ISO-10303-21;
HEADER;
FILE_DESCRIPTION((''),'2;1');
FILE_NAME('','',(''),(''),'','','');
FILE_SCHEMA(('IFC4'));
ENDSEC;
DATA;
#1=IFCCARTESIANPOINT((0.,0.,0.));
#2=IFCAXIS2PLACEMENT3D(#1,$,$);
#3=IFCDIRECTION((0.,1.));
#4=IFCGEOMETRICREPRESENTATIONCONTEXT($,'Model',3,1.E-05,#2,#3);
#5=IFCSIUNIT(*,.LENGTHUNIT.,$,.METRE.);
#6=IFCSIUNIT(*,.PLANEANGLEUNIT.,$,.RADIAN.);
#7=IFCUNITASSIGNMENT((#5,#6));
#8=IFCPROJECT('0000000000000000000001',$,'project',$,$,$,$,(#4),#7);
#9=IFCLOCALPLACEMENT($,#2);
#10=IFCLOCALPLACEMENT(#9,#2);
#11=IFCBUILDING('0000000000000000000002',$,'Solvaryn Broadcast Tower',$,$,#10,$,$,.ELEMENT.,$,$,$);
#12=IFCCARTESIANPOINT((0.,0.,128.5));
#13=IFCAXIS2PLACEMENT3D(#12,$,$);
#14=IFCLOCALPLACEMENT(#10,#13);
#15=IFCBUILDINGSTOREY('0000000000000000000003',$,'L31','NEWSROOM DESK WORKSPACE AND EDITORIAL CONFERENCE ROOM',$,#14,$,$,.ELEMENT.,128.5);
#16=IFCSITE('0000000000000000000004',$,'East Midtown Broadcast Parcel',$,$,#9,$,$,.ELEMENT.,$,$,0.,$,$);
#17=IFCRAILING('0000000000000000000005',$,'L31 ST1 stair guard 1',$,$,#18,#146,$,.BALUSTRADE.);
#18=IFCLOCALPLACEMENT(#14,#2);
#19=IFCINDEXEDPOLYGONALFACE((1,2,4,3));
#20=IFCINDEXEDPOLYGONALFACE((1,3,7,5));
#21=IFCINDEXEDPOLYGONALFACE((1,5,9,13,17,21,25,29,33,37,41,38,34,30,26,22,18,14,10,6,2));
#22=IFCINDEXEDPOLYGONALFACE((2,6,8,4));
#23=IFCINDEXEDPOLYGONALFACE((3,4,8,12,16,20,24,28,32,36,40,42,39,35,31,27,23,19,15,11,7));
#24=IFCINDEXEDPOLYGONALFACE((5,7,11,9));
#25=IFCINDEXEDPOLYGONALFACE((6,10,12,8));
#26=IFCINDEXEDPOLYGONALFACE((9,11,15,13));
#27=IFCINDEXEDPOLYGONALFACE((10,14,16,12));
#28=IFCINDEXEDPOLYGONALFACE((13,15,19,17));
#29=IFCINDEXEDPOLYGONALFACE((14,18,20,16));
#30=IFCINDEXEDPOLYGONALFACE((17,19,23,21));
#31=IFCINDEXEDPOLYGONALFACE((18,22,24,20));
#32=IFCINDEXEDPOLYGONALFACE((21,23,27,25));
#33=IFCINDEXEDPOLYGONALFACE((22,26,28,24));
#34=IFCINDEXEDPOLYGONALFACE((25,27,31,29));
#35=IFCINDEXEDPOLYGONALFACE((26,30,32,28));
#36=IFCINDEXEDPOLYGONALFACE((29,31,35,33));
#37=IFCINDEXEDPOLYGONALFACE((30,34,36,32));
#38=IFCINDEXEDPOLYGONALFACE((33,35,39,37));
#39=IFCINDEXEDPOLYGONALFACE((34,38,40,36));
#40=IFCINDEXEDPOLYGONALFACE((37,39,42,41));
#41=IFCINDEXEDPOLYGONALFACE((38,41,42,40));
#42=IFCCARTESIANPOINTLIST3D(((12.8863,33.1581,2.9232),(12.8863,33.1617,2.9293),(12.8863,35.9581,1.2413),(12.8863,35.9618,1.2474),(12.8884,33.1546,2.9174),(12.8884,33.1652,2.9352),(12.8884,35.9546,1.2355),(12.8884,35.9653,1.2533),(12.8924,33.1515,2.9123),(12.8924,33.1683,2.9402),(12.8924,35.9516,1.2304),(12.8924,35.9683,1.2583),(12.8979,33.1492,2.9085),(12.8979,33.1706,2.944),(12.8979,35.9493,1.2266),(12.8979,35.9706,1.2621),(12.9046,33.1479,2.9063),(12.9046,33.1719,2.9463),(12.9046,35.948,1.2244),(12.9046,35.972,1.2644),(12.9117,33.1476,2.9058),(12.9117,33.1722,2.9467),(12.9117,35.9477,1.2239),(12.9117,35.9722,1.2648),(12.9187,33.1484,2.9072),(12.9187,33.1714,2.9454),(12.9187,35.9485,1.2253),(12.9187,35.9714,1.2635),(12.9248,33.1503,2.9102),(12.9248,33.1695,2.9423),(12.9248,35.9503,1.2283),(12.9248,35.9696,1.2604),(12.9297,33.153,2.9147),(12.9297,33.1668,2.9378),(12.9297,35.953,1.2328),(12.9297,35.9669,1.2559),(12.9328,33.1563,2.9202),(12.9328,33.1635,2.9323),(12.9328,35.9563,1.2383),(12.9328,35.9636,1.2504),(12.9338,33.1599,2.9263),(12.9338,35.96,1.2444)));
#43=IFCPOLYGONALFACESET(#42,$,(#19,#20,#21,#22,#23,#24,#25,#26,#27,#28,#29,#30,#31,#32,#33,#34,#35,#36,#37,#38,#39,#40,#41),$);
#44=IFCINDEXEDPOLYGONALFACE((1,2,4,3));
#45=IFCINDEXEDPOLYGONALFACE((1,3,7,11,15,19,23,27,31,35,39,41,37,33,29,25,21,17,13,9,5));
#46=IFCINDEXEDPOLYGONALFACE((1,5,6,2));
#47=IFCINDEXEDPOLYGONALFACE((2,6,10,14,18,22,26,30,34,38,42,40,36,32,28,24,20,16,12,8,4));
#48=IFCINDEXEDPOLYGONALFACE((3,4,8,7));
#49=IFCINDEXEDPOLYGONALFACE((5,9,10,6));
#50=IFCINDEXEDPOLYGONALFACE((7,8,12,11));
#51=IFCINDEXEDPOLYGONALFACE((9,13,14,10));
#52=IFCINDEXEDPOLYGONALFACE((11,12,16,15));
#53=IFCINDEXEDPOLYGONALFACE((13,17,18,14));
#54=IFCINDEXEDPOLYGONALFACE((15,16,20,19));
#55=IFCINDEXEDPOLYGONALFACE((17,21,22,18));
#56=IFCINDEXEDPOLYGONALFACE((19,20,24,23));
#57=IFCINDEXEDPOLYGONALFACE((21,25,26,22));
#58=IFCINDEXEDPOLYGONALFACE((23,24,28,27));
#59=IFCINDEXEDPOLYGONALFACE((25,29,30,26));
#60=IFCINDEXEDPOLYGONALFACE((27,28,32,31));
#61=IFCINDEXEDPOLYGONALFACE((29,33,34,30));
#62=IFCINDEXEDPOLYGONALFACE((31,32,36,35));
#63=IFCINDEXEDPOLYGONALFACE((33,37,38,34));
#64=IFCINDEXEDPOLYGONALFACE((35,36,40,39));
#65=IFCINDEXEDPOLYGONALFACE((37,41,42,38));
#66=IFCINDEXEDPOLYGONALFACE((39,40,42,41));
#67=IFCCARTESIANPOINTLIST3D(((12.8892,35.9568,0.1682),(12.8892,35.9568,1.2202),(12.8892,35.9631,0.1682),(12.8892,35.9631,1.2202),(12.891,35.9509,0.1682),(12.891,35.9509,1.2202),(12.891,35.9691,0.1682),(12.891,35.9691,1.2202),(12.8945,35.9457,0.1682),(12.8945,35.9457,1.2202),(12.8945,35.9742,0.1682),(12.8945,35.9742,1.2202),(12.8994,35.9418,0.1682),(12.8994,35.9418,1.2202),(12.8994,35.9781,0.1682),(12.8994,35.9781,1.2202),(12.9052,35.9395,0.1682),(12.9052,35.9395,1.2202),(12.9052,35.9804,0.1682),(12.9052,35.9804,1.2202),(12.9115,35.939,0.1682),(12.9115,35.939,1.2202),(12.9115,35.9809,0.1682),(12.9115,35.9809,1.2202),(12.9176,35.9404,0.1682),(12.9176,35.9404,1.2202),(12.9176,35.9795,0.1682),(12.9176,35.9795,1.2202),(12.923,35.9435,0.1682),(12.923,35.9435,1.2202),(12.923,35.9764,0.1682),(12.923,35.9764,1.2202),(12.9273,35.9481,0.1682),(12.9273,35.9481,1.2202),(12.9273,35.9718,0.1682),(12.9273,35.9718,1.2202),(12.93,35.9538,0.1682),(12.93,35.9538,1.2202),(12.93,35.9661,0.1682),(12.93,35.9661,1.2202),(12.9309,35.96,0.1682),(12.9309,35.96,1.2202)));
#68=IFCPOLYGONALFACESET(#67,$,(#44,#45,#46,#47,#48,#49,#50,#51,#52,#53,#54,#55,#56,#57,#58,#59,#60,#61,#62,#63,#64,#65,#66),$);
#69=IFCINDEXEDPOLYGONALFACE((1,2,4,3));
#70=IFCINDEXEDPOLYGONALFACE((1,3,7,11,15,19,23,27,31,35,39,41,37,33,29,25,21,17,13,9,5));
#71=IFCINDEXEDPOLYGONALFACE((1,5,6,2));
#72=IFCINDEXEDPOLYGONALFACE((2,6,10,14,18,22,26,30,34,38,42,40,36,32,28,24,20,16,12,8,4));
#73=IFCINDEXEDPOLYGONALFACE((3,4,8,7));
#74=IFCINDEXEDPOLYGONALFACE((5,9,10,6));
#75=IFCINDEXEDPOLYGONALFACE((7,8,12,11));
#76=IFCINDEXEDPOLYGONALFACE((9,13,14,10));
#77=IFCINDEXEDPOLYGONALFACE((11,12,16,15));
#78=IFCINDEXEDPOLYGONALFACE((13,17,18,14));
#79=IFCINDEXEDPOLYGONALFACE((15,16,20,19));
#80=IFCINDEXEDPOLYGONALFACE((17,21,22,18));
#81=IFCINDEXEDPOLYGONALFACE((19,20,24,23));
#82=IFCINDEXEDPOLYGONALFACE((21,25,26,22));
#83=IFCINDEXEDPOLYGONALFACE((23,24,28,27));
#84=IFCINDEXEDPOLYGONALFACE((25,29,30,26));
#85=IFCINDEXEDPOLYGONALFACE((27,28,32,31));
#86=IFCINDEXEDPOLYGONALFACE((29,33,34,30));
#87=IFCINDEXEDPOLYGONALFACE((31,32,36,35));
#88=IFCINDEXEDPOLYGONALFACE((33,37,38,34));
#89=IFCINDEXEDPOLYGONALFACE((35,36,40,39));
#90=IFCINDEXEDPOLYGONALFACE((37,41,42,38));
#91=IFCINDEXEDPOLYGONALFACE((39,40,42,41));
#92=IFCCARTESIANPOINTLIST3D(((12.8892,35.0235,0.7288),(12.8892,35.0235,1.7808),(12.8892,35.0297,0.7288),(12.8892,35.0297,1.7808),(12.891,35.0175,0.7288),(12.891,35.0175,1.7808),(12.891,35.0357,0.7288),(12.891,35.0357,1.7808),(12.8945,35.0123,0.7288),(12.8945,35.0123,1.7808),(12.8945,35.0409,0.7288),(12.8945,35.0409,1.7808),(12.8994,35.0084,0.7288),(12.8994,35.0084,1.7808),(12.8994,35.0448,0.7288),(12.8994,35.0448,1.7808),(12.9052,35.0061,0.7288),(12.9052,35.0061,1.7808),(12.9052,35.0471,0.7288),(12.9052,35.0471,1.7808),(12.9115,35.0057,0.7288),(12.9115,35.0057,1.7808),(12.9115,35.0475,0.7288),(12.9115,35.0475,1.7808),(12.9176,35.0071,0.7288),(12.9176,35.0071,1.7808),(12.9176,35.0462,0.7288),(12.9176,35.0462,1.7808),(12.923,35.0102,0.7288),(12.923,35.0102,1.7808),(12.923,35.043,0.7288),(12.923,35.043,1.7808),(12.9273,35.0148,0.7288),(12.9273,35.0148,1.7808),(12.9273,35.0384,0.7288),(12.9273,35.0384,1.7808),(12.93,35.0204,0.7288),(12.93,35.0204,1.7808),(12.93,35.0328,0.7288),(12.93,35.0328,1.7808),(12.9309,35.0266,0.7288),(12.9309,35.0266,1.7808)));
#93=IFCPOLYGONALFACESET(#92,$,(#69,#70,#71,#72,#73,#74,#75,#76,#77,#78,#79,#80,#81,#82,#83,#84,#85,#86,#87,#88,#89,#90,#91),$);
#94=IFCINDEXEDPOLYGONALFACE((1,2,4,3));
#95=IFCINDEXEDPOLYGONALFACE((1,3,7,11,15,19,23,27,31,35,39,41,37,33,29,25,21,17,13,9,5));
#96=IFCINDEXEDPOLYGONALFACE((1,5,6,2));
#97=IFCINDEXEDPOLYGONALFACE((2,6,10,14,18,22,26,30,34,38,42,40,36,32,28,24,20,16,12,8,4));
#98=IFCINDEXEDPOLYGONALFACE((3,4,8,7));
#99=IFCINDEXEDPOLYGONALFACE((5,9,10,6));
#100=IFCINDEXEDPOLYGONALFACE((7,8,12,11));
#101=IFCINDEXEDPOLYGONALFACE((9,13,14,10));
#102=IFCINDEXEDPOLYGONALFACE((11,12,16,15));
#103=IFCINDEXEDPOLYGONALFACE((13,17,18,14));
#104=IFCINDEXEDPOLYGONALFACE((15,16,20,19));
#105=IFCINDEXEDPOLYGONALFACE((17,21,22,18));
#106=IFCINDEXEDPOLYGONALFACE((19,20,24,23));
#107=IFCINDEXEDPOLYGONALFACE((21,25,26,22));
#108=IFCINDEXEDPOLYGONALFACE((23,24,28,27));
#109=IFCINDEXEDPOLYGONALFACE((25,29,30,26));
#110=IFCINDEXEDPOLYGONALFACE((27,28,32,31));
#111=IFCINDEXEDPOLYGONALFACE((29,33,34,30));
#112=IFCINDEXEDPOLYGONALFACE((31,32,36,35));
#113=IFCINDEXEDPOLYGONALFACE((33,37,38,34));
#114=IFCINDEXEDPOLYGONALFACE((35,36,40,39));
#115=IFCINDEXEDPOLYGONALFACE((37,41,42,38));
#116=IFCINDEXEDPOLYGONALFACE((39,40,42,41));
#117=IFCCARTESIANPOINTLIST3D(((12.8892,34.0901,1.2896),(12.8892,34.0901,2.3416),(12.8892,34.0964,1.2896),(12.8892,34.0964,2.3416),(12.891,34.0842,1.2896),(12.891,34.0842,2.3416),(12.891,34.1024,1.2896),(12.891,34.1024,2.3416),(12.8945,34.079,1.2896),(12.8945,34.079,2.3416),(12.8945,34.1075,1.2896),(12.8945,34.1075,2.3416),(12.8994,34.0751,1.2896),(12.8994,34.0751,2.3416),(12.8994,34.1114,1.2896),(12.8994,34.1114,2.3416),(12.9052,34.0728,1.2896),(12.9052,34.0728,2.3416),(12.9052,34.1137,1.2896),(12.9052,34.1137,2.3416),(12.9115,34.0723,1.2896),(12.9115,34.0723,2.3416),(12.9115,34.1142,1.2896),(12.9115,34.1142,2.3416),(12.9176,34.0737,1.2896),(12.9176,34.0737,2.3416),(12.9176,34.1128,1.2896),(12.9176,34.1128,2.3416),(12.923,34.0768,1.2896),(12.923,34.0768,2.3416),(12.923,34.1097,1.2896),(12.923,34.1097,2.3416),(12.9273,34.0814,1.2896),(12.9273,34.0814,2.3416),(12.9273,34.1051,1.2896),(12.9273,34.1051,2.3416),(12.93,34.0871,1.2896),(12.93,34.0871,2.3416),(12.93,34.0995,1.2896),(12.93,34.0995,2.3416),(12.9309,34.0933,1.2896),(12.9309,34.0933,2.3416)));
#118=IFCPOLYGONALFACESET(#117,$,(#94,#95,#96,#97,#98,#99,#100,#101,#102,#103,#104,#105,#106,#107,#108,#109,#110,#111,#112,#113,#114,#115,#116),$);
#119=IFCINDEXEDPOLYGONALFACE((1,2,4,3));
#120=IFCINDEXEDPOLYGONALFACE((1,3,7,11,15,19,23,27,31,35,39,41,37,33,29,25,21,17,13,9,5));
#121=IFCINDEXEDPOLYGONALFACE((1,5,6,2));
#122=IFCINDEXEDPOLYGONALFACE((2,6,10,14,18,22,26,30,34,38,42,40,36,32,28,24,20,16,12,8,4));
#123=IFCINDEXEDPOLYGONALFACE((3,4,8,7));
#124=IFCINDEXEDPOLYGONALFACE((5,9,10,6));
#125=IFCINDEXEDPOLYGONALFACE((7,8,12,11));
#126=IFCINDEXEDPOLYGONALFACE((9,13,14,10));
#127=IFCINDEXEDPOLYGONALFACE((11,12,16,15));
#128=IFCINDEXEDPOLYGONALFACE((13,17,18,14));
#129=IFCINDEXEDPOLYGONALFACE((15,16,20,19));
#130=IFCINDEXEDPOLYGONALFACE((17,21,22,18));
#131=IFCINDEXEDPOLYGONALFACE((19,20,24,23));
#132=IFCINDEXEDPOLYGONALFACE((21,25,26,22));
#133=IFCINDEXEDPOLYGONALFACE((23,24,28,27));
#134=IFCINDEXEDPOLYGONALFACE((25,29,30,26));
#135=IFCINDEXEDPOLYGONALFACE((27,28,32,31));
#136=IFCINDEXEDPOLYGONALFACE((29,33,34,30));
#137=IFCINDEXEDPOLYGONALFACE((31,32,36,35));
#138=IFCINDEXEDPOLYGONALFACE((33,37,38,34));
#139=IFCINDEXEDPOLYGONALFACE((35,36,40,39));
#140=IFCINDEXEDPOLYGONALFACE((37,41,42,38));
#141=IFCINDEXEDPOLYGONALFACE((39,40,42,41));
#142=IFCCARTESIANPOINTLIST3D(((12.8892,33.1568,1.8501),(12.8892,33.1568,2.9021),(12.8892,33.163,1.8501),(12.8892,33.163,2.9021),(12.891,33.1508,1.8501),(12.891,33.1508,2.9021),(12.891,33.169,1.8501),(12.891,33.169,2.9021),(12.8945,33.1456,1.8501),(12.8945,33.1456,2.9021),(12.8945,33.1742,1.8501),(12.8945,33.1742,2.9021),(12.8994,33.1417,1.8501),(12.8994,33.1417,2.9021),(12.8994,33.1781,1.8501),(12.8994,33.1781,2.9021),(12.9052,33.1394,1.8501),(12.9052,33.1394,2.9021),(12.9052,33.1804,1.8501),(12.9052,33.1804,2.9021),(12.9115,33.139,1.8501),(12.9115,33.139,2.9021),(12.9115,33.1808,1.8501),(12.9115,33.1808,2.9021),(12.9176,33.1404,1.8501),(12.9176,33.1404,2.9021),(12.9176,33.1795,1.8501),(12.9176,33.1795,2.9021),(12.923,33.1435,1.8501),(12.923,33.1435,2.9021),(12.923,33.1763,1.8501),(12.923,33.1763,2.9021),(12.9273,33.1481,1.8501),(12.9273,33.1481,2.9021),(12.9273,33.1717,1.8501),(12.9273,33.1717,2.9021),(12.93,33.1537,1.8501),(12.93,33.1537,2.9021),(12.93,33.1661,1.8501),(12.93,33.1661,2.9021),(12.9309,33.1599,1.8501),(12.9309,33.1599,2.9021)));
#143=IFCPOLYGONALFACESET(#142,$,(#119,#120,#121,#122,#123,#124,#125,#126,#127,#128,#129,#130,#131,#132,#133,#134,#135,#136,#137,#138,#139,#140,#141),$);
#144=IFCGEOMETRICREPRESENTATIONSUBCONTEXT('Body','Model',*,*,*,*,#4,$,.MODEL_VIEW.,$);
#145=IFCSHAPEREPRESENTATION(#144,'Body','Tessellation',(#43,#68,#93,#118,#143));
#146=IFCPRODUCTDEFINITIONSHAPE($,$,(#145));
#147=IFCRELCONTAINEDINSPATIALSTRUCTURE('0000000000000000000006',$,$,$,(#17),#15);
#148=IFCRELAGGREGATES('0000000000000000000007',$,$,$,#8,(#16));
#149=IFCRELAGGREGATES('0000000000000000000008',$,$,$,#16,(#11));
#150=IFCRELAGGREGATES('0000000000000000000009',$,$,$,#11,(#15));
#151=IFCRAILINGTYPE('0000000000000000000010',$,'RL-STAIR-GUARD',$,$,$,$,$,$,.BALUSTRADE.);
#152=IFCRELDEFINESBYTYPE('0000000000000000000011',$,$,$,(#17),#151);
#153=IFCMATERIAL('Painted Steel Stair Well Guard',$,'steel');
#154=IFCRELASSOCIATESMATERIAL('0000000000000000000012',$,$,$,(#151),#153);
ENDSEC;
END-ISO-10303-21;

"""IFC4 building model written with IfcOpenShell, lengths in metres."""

from ifc_helpers import new_model, si_unit, direction, frame, origin, origin_2d, place, context, subcontext, project, spatial, circle, extrude, material, type_object, element, save


model = new_model("IFC4")

# Units and contexts
model_context = context("Model", 3, precision=1e-05, world=origin(), true_north=direction((0.0, 1.0)))
body_context = subcontext(model_context, "Body", "Model", "MODEL_VIEW")
ifc_project = project(units=[si_unit("LENGTHUNIT", "METRE"), si_unit("PLANEANGLEUNIT", "RADIAN")], contexts=[model_context])

# Site, building, storey
site_placement = place(None, origin())
site = spatial("IfcSite", under=ifc_project, at=site_placement, Name="East Midtown Broadcast Parcel", CompositionType="ELEMENT", RefElevation=0.0)
building_placement = place(site_placement, origin())
building = spatial("IfcBuilding", under=site, at=building_placement, Name="Solvaryn Broadcast Tower", CompositionType="ELEMENT")
storey_placement = place(building_placement, frame((0.0, 0.0, 128.5)))
storey = spatial("IfcBuildingStorey", under=building, at=storey_placement, Name="L31", Description="NEWSROOM DESK WORKSPACE AND EDITORIAL CONFERENCE ROOM", CompositionType="ELEMENT", Elevation=128.5)

# Railing
ifc_material_1 = material(Name="Painted Steel Stair Well Guard", Category="steel")
railing_type_1 = type_object("IfcRailingType", Name="RL-STAIR-GUARD", PredefinedType="BALUSTRADE", material=ifc_material_1)
railing_1_placement = place(storey_placement, frame((12.9099, 35.96, 0.1682)))
element("IfcRailing", 1, at=railing_1_placement, inside=storey, type_object=railing_type_1, Name="L31 ST1 stair guard 1", PredefinedType="BALUSTRADE", context=body_context, shape_type="SweptSolid", body=[
    extrude(circle(Radius=0.0239, at=origin_2d()), frame((0.0, 0.0, 1.0762), z_axis=(0.0, -0.857242, 0.514913), x_axis=(1.0, 0.0, 0.0)), (0.0, 0.0, 1.0), 3.2664),
    extrude(circle(Radius=0.021, at=origin_2d()), origin(), (0.0, 0.0, 1.0), 1.052),
    extrude(circle(Radius=0.021, at=origin_2d()), frame((0.0, -0.9333, 0.5605)), (0.0, 0.0, 1.0), 1.052),
    extrude(circle(Radius=0.021, at=origin_2d()), frame((0.0, -1.8667, 1.1213)), (0.0, 0.0, 1.0), 1.052),
    extrude(circle(Radius=0.021, at=origin_2d()), frame((0.0, -2.8, 1.6819)), (0.0, 0.0, 1.0), 1.052),
])

save(model, "model.ifc")
